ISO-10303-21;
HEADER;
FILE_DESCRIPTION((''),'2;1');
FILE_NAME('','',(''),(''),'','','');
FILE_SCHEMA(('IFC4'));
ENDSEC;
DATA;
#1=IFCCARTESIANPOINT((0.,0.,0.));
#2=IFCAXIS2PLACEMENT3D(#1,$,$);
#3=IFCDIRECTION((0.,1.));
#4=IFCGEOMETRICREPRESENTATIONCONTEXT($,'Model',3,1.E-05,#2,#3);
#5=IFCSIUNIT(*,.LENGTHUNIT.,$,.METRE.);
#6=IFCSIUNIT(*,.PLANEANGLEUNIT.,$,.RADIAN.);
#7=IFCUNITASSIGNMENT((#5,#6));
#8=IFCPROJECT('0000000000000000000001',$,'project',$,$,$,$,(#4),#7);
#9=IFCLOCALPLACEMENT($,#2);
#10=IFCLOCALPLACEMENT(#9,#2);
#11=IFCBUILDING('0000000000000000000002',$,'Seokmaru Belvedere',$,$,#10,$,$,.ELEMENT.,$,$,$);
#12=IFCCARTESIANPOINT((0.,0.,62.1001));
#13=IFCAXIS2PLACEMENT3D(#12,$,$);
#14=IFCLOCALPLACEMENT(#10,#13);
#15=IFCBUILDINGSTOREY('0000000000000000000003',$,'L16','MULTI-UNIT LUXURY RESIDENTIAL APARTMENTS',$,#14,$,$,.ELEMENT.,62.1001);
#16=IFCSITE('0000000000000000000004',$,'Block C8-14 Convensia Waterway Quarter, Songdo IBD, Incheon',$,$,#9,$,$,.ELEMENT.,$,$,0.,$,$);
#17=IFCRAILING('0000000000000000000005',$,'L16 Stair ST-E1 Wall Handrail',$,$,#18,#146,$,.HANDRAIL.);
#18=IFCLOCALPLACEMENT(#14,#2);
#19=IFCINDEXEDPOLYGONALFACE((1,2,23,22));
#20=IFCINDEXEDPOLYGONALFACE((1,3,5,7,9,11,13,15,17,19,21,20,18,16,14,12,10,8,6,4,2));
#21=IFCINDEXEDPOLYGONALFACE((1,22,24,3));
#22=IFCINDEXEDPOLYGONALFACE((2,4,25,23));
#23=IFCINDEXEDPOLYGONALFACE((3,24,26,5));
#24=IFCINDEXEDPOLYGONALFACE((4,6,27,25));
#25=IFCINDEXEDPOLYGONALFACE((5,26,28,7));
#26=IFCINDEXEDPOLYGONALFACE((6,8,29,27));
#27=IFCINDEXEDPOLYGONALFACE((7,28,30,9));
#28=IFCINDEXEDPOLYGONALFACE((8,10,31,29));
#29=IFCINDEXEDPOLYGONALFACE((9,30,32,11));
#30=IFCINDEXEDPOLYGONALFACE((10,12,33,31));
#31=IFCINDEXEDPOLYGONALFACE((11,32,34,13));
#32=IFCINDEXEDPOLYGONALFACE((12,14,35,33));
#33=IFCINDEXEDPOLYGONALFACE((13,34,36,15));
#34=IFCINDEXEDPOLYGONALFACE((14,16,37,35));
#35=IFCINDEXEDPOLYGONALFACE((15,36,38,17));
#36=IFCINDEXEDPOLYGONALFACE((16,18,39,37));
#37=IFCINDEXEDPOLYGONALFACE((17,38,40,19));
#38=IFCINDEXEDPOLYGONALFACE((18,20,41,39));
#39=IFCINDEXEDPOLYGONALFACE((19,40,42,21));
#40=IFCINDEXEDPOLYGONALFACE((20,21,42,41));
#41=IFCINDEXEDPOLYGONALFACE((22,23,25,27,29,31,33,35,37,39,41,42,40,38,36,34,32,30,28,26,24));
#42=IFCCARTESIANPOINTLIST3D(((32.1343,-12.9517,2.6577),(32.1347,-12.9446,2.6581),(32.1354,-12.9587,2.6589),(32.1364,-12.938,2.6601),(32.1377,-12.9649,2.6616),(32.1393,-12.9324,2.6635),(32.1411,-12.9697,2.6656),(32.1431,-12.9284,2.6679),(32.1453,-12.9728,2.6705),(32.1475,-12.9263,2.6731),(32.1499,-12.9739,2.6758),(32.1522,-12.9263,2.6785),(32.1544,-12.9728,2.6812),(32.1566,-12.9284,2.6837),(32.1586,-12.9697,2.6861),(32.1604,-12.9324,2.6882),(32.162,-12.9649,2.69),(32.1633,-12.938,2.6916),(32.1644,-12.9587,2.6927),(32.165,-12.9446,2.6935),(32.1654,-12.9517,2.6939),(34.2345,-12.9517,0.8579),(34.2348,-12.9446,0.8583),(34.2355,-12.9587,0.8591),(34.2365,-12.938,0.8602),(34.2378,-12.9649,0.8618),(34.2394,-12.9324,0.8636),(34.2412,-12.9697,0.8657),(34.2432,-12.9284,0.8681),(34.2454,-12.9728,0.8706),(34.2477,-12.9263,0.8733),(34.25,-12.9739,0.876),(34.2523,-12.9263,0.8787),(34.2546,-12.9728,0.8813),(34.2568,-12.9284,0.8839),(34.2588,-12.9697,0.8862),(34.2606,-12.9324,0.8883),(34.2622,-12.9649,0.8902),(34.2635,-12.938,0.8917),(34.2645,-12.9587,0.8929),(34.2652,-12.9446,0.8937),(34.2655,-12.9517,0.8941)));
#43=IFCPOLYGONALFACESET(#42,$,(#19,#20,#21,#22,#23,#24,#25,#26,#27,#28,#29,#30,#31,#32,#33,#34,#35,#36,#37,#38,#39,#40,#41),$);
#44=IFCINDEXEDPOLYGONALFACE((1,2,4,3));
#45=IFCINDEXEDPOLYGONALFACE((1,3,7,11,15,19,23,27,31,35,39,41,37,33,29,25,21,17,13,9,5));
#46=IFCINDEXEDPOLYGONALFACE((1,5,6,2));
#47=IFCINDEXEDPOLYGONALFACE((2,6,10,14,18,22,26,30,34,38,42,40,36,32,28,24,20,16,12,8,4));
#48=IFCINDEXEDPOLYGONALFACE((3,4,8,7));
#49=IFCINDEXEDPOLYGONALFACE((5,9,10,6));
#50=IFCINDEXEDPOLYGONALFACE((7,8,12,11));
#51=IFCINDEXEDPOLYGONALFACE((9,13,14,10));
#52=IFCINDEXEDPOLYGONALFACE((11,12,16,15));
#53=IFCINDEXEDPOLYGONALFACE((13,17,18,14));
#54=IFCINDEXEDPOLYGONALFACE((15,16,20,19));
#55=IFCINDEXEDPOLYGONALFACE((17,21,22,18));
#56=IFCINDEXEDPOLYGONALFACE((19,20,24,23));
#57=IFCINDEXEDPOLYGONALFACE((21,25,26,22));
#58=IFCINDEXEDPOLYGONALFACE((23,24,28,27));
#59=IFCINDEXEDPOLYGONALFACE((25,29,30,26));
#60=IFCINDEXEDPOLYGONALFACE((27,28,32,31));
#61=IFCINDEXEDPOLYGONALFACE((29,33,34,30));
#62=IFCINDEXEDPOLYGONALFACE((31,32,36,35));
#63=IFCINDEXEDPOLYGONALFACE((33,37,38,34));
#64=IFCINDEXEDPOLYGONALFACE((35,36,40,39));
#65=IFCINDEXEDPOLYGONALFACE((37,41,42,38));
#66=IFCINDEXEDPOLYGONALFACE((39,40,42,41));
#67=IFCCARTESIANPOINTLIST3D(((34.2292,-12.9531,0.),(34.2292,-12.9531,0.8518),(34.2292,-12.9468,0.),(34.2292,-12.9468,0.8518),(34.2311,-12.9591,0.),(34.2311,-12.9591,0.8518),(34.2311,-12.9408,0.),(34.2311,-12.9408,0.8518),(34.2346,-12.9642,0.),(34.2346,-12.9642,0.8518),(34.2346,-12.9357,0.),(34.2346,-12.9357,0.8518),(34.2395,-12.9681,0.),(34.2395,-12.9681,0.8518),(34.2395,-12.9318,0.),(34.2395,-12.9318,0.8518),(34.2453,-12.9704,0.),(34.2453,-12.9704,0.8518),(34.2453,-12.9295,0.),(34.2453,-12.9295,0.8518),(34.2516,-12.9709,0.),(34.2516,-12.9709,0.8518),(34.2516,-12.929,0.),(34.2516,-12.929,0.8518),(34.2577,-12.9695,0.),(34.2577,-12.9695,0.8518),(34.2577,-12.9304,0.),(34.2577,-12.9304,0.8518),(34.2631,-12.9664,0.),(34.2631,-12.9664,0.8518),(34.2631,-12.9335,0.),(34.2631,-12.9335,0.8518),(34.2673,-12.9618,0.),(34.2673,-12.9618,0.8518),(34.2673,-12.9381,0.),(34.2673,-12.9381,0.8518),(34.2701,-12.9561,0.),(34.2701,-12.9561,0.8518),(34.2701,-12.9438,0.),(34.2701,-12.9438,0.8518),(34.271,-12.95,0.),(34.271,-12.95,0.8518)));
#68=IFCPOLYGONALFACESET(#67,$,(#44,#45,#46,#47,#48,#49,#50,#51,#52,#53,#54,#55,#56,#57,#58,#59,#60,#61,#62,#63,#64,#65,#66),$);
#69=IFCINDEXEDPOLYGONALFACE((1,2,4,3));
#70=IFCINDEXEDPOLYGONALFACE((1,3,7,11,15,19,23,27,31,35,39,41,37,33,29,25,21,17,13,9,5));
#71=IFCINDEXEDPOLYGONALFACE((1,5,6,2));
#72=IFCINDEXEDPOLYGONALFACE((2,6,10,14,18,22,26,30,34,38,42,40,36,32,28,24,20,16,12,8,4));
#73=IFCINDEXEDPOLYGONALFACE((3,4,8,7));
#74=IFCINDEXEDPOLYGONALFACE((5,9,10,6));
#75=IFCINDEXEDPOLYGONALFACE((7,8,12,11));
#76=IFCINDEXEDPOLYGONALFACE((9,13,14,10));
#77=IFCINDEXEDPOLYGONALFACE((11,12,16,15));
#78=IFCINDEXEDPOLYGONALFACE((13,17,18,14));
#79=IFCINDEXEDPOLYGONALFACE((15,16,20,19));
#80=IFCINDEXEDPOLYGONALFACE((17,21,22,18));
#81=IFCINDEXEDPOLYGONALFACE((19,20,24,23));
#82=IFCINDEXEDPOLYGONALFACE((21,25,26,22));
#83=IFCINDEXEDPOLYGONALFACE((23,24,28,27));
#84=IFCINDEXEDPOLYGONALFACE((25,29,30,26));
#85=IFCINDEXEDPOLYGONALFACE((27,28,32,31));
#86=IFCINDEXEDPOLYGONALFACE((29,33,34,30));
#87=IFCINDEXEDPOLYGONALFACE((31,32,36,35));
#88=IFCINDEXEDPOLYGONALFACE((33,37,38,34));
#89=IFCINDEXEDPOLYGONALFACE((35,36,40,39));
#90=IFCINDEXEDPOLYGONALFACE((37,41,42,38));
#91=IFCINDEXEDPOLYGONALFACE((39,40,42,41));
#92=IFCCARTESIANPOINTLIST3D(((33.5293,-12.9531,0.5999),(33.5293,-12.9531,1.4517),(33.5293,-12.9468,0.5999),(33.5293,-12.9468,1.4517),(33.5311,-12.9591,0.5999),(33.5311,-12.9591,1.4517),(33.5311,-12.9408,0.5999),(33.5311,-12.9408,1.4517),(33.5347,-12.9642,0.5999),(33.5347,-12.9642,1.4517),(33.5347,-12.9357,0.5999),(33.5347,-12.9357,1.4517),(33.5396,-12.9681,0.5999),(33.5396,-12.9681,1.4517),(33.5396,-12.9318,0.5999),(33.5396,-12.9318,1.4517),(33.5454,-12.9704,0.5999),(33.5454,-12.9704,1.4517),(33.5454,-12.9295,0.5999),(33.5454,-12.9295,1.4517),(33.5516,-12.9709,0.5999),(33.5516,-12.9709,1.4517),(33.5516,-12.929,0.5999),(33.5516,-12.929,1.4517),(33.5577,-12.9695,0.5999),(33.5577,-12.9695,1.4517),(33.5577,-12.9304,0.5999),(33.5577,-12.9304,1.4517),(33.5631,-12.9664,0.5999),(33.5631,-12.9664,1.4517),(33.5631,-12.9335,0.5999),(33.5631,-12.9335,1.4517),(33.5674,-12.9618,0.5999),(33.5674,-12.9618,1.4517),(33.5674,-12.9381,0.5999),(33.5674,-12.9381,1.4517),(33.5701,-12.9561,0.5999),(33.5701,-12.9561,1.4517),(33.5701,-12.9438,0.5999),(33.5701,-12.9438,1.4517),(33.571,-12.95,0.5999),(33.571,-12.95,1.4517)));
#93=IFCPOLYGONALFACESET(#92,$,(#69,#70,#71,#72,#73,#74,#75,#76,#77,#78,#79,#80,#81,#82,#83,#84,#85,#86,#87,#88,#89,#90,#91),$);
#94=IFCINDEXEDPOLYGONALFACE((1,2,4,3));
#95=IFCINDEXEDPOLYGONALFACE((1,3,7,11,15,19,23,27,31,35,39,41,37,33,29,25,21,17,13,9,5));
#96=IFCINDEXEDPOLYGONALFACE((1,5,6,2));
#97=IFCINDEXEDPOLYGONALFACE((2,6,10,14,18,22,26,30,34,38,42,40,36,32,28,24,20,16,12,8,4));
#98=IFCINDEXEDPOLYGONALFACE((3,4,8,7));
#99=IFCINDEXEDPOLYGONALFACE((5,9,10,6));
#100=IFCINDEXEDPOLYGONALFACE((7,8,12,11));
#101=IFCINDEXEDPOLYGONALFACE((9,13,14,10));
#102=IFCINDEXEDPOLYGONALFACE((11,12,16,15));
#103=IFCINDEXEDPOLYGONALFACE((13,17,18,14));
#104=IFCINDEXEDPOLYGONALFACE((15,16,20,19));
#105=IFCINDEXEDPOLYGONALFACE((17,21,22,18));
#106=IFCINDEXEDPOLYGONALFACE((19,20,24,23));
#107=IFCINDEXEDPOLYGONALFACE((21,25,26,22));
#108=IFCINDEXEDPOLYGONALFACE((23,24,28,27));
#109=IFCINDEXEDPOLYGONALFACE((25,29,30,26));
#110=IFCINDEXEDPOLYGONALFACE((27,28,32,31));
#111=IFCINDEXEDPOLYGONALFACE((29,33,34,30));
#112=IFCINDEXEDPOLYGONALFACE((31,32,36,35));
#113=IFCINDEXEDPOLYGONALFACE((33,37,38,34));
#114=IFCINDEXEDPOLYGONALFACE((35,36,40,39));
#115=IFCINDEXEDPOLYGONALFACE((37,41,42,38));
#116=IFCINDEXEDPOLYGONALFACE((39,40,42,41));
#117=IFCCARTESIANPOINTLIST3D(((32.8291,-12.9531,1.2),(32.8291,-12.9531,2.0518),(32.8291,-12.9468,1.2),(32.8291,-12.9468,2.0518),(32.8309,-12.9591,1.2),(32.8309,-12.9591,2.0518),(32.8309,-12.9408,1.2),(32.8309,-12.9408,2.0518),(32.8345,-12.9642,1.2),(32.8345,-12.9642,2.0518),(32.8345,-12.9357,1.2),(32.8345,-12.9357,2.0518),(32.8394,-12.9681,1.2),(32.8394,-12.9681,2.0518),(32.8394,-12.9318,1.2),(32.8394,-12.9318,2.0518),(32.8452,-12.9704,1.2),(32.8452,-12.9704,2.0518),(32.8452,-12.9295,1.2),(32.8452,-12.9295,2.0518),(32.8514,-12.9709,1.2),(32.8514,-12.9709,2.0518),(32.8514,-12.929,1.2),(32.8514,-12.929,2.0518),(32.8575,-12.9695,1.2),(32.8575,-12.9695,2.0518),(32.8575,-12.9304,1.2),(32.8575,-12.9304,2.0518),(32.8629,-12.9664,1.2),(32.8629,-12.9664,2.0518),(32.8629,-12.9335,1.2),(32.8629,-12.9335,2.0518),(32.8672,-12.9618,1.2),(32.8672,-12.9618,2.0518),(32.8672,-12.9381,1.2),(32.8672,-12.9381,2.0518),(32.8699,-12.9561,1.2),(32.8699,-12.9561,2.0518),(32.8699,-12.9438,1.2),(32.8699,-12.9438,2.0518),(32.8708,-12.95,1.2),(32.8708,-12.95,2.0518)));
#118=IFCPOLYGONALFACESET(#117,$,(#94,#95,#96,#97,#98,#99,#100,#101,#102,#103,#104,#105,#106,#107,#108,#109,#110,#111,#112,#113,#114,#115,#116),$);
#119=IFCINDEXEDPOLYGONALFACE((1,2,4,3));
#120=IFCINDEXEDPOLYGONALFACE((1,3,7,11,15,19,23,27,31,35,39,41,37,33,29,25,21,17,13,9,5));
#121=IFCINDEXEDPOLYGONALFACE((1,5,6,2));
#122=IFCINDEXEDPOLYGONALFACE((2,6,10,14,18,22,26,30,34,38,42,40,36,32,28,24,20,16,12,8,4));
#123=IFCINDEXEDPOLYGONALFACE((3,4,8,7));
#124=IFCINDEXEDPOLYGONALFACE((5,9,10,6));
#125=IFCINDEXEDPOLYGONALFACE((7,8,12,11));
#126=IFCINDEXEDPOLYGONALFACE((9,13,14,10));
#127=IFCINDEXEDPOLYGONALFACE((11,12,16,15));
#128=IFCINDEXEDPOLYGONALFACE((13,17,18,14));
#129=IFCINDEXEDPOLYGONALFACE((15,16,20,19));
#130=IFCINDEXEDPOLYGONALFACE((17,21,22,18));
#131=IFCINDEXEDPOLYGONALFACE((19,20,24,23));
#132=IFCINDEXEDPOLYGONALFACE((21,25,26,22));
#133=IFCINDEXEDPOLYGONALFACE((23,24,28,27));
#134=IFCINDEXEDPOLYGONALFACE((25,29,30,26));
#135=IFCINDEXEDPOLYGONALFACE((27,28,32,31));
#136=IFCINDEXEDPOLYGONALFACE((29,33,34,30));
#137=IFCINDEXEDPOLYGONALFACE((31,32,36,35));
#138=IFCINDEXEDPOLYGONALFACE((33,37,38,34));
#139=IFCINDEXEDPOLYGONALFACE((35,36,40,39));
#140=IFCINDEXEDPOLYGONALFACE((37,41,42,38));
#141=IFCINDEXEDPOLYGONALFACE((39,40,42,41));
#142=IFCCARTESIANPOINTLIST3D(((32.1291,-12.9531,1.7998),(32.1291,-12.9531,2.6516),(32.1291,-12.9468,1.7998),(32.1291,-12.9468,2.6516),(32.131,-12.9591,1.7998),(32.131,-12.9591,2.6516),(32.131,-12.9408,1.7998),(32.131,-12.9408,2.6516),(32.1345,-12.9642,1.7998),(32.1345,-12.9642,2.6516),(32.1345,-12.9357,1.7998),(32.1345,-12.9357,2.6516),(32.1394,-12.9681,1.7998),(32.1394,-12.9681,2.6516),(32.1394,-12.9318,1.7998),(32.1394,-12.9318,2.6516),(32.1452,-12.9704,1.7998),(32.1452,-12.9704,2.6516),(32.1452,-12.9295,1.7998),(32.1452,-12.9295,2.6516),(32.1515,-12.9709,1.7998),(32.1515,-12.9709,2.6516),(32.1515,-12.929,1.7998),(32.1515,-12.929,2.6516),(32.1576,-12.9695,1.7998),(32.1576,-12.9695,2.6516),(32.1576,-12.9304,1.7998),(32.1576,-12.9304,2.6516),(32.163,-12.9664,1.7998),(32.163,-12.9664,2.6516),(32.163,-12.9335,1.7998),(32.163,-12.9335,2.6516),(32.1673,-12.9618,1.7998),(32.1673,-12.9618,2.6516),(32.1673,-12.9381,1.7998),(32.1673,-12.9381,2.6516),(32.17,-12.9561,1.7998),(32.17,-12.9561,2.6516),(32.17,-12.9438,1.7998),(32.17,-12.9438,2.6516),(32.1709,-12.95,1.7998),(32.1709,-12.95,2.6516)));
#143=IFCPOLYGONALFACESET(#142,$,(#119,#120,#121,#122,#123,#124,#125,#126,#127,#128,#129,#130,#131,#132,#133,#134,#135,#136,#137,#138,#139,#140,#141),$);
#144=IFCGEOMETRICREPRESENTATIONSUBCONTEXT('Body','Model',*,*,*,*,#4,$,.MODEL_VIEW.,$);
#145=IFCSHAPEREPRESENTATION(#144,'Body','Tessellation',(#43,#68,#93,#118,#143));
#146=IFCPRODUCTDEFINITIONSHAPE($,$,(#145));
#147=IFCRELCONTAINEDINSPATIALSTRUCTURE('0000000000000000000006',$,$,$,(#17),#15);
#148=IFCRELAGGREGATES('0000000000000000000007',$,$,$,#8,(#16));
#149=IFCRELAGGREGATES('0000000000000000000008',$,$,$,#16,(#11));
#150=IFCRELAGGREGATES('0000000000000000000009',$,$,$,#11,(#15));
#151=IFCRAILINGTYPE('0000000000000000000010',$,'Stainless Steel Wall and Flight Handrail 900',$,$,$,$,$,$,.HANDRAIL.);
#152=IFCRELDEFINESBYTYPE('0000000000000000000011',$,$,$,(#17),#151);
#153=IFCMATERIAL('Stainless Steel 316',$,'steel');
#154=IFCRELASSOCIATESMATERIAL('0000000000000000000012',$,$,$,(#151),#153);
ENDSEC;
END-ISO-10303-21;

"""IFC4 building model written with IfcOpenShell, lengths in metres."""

from ifc_helpers import new_model, si_unit, direction, frame, origin, origin_2d, place, context, subcontext, project, spatial, circle, extrude, material, type_object, element, save


model = new_model("IFC4")

# Units and contexts
model_context = context("Model", 3, precision=1e-05, world=origin(), true_north=direction((0.0, 1.0)))
body_context = subcontext(model_context, "Body", "Model", "MODEL_VIEW")
ifc_project = project(units=[si_unit("LENGTHUNIT", "METRE"), si_unit("PLANEANGLEUNIT", "RADIAN")], contexts=[model_context])

# Site, building, storey
site_placement = place(None, origin())
site = spatial("IfcSite", under=ifc_project, at=site_placement, Name="Block C8-14 Convensia Waterway Quarter, Songdo IBD, Incheon", CompositionType="ELEMENT", RefElevation=0.0)
building_placement = place(site_placement, origin())
building = spatial("IfcBuilding", under=site, at=building_placement, Name="Seokmaru Belvedere", CompositionType="ELEMENT")
storey_placement = place(building_placement, frame((0.0, 0.0, 62.1001)))
storey = spatial("IfcBuildingStorey", under=building, at=storey_placement, Name="L16", Description="MULTI-UNIT LUXURY RESIDENTIAL APARTMENTS", CompositionType="ELEMENT", Elevation=62.1001)

# Shared definitions
ifc_material_1 = material(Name="Stainless Steel 316", Category="steel")

# Railing
railing_type_1 = type_object("IfcRailingType", Name="Stainless Steel Wall and Flight Handrail 900", PredefinedType="HANDRAIL", material=ifc_material_1)
railing_1_placement = place(storey_placement, frame((34.25, -12.95, 0.0)))
element("IfcRailing", 1, at=railing_1_placement, inside=storey, type_object=railing_type_1, Name="L16 Stair ST-E1 Wall Handrail", PredefinedType="HANDRAIL", context=body_context, shape_type="SweptSolid", body=[
    extrude(circle(Radius=0.0239, at=origin_2d()), frame((0.0, 0.0, 0.876), z_axis=(-0.759306, 0.0, 0.650733), x_axis=(0.0, -1.0, 0.0)), (0.0, 0.0, 1.0), 2.7659),
    extrude(circle(Radius=0.021, at=origin_2d()), origin(), (0.0, 0.0, 1.0), 0.8518),
    extrude(circle(Radius=0.021, at=origin_2d()), frame((-0.7, 0.0, 0.5999)), (0.0, 0.0, 1.0), 0.8518),
    extrude(circle(Radius=0.021, at=origin_2d()), frame((-1.4001, 0.0, 1.2)), (0.0, 0.0, 1.0), 0.8518),
    extrude(circle(Radius=0.021, at=origin_2d()), frame((-2.1001, 0.0, 1.7998)), (0.0, 0.0, 1.0), 0.8518),
])

save(model, "model.ifc")
